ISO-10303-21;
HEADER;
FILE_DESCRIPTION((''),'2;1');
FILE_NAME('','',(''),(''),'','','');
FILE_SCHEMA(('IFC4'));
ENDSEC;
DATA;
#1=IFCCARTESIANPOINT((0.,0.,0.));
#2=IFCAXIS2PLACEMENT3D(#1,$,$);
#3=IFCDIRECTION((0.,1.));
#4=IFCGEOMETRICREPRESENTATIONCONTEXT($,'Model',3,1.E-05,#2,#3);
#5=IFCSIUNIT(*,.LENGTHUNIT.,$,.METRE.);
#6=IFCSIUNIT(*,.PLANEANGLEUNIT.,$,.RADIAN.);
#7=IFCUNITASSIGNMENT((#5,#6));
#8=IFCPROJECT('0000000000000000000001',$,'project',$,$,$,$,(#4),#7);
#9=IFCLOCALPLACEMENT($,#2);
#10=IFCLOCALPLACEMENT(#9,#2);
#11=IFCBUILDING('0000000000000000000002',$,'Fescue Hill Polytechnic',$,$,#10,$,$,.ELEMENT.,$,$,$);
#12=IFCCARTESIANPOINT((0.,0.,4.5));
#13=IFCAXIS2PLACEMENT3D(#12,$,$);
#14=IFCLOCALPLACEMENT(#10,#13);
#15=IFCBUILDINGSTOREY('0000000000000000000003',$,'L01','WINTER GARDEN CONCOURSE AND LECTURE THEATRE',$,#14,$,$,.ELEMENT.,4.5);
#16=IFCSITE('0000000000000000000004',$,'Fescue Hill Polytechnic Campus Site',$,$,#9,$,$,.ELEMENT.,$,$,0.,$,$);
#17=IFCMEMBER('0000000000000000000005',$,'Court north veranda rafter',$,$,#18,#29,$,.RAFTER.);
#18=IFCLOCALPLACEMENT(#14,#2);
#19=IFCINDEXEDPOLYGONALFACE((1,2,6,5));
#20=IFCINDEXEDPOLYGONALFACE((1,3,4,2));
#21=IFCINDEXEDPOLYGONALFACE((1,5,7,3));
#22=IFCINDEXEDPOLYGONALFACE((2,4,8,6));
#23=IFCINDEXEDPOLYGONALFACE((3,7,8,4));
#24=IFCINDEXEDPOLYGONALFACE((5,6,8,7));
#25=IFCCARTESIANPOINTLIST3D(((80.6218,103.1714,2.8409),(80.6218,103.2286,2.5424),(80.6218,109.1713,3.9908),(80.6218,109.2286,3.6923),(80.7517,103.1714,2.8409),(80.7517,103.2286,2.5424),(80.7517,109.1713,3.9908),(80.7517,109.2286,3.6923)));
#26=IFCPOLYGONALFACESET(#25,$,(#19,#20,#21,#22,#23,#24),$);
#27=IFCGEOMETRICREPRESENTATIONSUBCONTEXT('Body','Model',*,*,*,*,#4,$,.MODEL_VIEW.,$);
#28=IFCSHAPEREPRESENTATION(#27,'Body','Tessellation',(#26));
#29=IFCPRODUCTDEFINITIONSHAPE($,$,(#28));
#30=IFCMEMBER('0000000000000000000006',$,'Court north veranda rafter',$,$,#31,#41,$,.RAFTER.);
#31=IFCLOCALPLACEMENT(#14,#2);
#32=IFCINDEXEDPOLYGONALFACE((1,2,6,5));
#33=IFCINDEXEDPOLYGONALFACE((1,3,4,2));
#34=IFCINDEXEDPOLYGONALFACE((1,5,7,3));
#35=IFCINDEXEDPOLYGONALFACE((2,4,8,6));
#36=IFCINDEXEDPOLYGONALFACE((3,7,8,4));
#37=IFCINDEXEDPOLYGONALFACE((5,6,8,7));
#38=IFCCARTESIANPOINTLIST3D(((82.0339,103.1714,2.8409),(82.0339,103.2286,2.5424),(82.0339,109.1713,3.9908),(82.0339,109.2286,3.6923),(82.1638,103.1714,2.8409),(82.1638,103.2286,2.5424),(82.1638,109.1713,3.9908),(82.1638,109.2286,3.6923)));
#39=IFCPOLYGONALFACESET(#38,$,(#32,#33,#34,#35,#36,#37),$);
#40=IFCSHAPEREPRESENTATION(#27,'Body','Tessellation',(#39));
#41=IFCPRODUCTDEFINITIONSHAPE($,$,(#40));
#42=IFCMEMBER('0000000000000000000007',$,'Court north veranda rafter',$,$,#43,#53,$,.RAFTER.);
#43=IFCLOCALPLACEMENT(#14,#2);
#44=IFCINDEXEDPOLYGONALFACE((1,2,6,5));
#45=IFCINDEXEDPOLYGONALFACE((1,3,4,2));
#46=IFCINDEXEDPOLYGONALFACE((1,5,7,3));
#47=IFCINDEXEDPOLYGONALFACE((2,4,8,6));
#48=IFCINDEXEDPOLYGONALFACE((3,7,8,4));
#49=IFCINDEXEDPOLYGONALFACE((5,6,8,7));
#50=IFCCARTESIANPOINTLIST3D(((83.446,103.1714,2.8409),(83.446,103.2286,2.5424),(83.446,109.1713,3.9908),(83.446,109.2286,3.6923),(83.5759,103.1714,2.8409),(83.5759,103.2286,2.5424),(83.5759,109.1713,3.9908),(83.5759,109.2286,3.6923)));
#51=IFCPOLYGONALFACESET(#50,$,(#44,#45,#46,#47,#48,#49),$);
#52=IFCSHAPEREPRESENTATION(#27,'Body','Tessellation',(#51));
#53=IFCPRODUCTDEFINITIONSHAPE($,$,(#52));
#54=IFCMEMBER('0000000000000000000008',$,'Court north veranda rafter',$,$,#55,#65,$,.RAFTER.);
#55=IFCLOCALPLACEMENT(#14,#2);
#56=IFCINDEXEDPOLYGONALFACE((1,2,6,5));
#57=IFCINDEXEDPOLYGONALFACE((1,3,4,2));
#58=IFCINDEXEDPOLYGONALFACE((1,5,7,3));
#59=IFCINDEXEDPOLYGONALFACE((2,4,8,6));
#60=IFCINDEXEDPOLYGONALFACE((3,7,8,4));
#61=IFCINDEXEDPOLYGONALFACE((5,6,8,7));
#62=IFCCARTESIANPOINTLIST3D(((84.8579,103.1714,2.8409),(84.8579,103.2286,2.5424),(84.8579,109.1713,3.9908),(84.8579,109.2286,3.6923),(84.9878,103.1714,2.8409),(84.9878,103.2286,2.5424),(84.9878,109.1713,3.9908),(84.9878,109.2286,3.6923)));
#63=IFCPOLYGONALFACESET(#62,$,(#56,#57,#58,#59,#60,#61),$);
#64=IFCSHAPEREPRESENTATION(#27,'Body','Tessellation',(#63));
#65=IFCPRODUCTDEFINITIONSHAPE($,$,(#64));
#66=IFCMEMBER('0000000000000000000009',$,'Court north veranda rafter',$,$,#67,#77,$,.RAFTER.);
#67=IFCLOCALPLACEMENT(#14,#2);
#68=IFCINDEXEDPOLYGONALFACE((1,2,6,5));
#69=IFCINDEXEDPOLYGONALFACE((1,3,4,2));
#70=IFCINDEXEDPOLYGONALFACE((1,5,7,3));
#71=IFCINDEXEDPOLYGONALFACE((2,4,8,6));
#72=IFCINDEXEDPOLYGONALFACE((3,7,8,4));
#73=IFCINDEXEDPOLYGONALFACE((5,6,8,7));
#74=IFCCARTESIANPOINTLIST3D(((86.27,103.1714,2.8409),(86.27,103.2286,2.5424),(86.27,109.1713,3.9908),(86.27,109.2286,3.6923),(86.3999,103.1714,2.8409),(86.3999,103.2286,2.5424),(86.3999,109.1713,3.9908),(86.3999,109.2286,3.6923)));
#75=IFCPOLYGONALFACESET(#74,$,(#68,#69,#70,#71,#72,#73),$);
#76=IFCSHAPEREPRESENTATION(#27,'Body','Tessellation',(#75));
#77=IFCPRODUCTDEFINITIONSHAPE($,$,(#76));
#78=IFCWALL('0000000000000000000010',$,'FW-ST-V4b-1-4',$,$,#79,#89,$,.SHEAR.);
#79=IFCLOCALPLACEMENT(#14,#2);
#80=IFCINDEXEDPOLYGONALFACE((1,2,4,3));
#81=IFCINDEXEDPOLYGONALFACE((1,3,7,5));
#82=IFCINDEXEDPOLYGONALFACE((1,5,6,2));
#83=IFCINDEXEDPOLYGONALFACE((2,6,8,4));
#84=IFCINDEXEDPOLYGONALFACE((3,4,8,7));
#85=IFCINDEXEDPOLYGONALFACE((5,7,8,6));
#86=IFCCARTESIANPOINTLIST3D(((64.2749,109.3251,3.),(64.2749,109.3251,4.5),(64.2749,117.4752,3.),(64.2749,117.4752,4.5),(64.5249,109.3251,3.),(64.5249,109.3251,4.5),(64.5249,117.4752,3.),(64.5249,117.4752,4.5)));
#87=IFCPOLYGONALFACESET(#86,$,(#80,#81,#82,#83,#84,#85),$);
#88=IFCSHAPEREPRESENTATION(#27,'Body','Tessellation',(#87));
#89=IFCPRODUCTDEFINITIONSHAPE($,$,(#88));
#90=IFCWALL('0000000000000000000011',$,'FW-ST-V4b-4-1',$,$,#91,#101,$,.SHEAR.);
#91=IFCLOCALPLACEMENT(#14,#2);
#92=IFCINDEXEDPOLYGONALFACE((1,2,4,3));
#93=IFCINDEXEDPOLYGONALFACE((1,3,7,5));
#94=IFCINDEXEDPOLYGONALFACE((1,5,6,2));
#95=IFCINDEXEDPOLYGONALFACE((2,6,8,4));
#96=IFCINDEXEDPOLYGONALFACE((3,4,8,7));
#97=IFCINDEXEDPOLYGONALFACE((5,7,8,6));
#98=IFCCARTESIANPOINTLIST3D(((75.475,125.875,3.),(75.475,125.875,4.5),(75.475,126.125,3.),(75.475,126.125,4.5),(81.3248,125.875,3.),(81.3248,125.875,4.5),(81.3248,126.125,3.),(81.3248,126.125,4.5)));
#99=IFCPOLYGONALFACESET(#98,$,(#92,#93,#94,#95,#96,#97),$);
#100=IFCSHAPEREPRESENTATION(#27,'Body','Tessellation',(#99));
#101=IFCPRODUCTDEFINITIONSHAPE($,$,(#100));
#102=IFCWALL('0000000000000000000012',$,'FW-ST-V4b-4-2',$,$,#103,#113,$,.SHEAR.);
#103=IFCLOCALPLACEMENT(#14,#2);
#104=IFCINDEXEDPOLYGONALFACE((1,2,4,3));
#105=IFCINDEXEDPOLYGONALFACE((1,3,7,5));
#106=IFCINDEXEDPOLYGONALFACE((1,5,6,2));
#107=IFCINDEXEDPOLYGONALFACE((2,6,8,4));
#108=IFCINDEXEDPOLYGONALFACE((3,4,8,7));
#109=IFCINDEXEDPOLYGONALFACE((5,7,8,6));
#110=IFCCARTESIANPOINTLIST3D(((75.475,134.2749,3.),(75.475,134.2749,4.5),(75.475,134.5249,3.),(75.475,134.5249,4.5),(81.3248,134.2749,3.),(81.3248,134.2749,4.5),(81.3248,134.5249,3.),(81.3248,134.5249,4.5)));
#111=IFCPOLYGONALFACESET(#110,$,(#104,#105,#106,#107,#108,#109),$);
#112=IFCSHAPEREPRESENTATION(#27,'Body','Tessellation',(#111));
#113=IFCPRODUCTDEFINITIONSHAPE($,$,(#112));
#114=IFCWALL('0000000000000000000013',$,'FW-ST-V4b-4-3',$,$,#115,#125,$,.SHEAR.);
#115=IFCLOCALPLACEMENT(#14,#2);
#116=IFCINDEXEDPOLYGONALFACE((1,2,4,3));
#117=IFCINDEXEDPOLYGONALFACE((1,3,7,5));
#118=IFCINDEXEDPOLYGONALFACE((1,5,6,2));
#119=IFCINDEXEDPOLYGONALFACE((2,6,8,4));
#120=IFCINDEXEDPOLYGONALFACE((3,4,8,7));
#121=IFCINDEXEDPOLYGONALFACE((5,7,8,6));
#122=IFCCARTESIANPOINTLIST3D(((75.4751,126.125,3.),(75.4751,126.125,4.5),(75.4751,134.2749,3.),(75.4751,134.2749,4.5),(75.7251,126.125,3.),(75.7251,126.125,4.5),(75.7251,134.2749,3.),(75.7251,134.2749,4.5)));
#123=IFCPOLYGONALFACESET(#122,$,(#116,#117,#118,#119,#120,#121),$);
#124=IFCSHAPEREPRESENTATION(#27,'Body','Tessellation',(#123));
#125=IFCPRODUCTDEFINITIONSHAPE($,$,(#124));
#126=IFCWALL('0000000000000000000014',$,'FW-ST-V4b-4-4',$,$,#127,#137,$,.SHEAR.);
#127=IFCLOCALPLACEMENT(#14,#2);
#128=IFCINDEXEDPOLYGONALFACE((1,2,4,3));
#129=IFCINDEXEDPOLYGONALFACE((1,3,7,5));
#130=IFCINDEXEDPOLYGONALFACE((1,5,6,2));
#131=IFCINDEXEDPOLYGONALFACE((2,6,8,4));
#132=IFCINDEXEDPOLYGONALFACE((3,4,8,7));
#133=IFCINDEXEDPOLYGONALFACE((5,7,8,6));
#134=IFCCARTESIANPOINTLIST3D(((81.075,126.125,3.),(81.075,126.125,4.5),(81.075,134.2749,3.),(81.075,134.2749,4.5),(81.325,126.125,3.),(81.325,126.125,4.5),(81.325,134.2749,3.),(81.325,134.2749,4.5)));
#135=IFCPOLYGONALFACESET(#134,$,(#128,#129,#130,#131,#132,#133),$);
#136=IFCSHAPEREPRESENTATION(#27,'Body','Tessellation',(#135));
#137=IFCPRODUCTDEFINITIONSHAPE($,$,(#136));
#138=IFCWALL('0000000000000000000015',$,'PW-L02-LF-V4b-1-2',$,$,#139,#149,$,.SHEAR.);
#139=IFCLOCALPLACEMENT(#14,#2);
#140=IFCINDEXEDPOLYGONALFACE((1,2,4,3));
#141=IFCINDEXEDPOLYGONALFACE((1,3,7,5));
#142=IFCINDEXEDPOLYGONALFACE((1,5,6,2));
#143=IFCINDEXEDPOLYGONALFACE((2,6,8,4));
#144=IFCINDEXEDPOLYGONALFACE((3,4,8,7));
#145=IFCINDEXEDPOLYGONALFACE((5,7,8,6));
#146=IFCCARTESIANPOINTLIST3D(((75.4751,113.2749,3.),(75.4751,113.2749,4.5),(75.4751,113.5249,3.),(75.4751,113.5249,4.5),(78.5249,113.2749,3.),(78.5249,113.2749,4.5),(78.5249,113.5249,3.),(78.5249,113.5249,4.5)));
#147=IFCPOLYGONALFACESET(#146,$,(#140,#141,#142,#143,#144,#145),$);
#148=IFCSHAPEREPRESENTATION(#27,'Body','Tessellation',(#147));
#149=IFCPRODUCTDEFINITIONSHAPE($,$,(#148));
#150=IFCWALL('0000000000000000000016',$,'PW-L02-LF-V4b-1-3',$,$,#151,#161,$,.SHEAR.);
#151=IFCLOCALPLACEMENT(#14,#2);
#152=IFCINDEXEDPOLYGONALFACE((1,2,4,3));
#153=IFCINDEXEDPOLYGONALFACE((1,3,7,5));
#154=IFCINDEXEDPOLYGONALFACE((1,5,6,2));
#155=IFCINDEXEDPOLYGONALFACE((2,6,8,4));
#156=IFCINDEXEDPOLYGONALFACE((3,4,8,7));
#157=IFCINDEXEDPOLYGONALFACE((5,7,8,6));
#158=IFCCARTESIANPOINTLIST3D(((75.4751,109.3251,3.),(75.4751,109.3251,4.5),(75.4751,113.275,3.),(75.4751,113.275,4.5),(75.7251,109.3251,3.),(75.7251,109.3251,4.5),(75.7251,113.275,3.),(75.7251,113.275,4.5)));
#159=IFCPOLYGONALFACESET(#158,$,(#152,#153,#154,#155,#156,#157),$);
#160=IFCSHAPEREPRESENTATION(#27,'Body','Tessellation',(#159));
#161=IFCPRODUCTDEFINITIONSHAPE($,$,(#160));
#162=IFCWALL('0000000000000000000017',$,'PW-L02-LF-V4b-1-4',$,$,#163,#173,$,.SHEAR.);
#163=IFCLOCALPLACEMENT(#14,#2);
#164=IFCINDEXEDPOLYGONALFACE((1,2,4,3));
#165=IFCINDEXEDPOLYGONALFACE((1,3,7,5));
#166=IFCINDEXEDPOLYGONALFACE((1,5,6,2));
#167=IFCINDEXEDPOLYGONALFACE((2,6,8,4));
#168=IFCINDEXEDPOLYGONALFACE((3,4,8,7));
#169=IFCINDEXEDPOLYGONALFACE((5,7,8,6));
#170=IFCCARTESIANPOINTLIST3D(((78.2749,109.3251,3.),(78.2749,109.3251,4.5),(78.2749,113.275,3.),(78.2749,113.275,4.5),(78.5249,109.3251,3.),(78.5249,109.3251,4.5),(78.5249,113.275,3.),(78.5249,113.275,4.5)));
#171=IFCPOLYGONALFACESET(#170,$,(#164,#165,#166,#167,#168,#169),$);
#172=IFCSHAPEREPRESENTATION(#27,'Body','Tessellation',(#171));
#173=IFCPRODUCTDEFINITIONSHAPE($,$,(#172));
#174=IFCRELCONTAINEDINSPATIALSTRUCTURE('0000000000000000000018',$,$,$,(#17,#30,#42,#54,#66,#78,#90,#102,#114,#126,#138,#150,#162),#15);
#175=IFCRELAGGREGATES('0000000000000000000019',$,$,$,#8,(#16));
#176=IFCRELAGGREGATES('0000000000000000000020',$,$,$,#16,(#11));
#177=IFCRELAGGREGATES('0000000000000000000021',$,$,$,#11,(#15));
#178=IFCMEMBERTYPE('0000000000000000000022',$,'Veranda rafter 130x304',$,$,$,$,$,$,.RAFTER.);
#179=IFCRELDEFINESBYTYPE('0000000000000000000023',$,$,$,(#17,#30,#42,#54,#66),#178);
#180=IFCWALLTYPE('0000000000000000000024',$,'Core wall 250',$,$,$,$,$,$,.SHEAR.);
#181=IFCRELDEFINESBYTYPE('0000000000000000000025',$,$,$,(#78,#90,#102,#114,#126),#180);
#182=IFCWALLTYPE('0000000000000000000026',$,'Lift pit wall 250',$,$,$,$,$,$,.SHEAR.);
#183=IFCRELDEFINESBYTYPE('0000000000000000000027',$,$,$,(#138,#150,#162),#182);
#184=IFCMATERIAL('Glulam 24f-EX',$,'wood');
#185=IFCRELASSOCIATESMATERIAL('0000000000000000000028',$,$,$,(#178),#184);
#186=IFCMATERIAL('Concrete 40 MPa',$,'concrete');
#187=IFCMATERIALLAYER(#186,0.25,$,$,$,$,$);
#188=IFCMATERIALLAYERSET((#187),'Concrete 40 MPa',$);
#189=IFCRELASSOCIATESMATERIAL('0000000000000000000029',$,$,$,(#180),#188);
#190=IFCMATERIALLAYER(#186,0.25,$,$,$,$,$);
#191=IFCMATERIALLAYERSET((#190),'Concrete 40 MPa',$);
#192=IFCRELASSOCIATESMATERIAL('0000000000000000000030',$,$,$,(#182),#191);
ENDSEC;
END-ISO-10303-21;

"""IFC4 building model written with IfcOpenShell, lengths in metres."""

from ifc_helpers import new_model, si_unit, direction, frame, frame_2d, origin, origin_2d, place, context, subcontext, project, spatial, rectangle, extrude, material, layer, layer_set, material_profile, profile_set, type_object, element, save


model = new_model("IFC4")

# Units and contexts
model_context = context("Model", 3, precision=1e-05, world=origin(), true_north=direction((0.0, 1.0)))
body_context = subcontext(model_context, "Body", "Model", "MODEL_VIEW")
ifc_project = project(units=[si_unit("LENGTHUNIT", "METRE"), si_unit("PLANEANGLEUNIT", "RADIAN")], contexts=[model_context])

# Site, building, storey
site_placement = place(None, origin())
site = spatial("IfcSite", under=ifc_project, at=site_placement, Name="Fescue Hill Polytechnic Campus Site", CompositionType="ELEMENT", RefElevation=0.0)
building_placement = place(site_placement, origin())
building = spatial("IfcBuilding", under=site, at=building_placement, Name="Fescue Hill Polytechnic", CompositionType="ELEMENT")
storey_placement = place(building_placement, frame((0.0, 0.0, 4.5)))
storey = spatial("IfcBuildingStorey", under=building, at=storey_placement, Name="L01", Description="WINTER GARDEN CONCOURSE AND LECTURE THEATRE", CompositionType="ELEMENT", Elevation=4.5)

# Members
ifc_material_1 = material(Name="Glulam 24f-EX", Category="wood")
ifc_material_profile_1 = material_profile(ifc_material_1, rectangle(XDim=0.1299, YDim=0.304, at=origin_2d()), Name="Veranda rafter 130x304")
ifc_profile_set_1 = profile_set([ifc_material_profile_1], Name="Glulam 24f-EX")
member_type = type_object("IfcMemberType", Name="Veranda rafter 130x304", PredefinedType="RAFTER", material=ifc_profile_set_1)
for number, where, z_axis, x_axis, name in (
    (1, (80.6868, 109.2, 3.8416), (0.0, -0.982126, -0.188225), (1.0, 0.0, 0.0), "Court north veranda rafter"),
    (2, (82.0989, 109.2, 3.8416), (0.0, -0.982126, -0.188225), (1.0, 0.0, 0.0), "Court north veranda rafter"),
    (3, (83.511, 109.2, 3.8416), (0.0, -0.982126, -0.188225), (1.0, 0.0, 0.0), "Court north veranda rafter"),
    (4, (84.9229, 109.2, 3.8416), (0.0, -0.982126, -0.188225), (1.0, 0.0, 0.0), "Court north veranda rafter"),
    (5, (86.335, 109.2, 3.8416), (0.0, -0.982126, -0.188225), (1.0, 0.0, 0.0), "Court north veranda rafter"),
):
    element("IfcMember", number, at=place(storey_placement, frame(where, z_axis=z_axis, x_axis=x_axis)), inside=storey, type_object=member_type, Name=name, PredefinedType="RAFTER", context=body_context, shape_type="SweptSolid", body=[
        extrude(rectangle(XDim=0.1299, YDim=0.304, at=origin_2d()), origin(), (0.0, 0.0, 1.0), 6.1091),
    ])

# Walls
ifc_material_2 = material(Name="Concrete 40 MPa", Category="concrete")
ifc_layer_1 = layer(ifc_material_2, 0.25)
ifc_layer_set_1 = layer_set([ifc_layer_1], Name="Concrete 40 MPa")
wall_type_1 = type_object("IfcWallType", Name="Core wall 250", PredefinedType="SHEAR", material=ifc_layer_set_1)
wall_1_placement = place(storey_placement, frame((64.3999, 109.325, 3.0), z_axis=(0.0, 0.0, 1.0), x_axis=(0.0, 1.0, 0.0)))
element("IfcWall", 6, at=wall_1_placement, inside=storey, type_object=wall_type_1, Name="FW-ST-V4b-1-4", PredefinedType="SHEAR", context=body_context, shape_type="SweptSolid", body=[
    extrude(rectangle(XDim=8.1501, YDim=0.25, at=frame_2d((4.0752, 0.0))), origin(), (0.0, 0.0, 1.0), 1.5),
])
for number, where, z_axis, x_axis, name in (
    (7, (75.4751, 126.0, 3.0), (0.0, 0.0, 1.0), (1.0, 0.0, 0.0), "FW-ST-V4b-4-1"),
    (8, (75.4751, 134.3999, 3.0), (0.0, 0.0, 1.0), (1.0, 0.0, 0.0), "FW-ST-V4b-4-2"),
):
    element("IfcWall", number, at=place(storey_placement, frame(where, z_axis=z_axis, x_axis=x_axis)), inside=storey, type_object=wall_type_1, Name=name, PredefinedType="SHEAR", context=body_context, shape_type="SweptSolid", body=[
        extrude(rectangle(XDim=5.8499, YDim=0.25, at=frame_2d((2.9248, 0.0))), origin(), (0.0, 0.0, 1.0), 1.5),
    ])
for number, where, z_axis, x_axis, name in (
    (9, (75.6001, 126.125, 3.0), (0.0, 0.0, 1.0), (0.0, 1.0, 0.0), "FW-ST-V4b-4-3"),
    (10, (81.2, 126.125, 3.0), (0.0, 0.0, 1.0), (0.0, 1.0, 0.0), "FW-ST-V4b-4-4"),
):
    element("IfcWall", number, at=place(storey_placement, frame(where, z_axis=z_axis, x_axis=x_axis)), inside=storey, type_object=wall_type_1, Name=name, PredefinedType="SHEAR", context=body_context, shape_type="SweptSolid", body=[
        extrude(rectangle(XDim=8.1499, YDim=0.25, at=frame_2d((4.075, 0.0))), origin(), (0.0, 0.0, 1.0), 1.5),
    ])
ifc_layer_2 = layer(ifc_material_2, 0.25)
ifc_layer_set_2 = layer_set([ifc_layer_2], Name="Concrete 40 MPa")
wall_type_2 = type_object("IfcWallType", Name="Lift pit wall 250", PredefinedType="SHEAR", material=ifc_layer_set_2)
wall_2_placement = place(storey_placement, frame((75.4751, 113.3999, 3.0), z_axis=(0.0, 0.0, 1.0), x_axis=(1.0, 0.0, 0.0)))
element("IfcWall", 11, at=wall_2_placement, inside=storey, type_object=wall_type_2, Name="PW-L02-LF-V4b-1-2", PredefinedType="SHEAR", context=body_context, shape_type="SweptSolid", body=[
    extrude(rectangle(XDim=3.0498, YDim=0.25, at=frame_2d((1.5249, 0.0))), origin(), (0.0, 0.0, 1.0), 1.5),
])
for number, where, z_axis, x_axis, name in (
    (12, (75.6001, 109.325, 3.0), (0.0, 0.0, 1.0), (0.0, 1.0, 0.0), "PW-L02-LF-V4b-1-3"),
    (13, (78.3999, 109.325, 3.0), (0.0, 0.0, 1.0), (0.0, 1.0, 0.0), "PW-L02-LF-V4b-1-4"),
):
    element("IfcWall", number, at=place(storey_placement, frame(where, z_axis=z_axis, x_axis=x_axis)), inside=storey, type_object=wall_type_2, Name=name, PredefinedType="SHEAR", context=body_context, shape_type="SweptSolid", body=[
        extrude(rectangle(XDim=3.95, YDim=0.25, at=frame_2d((1.9751, 0.0))), origin(), (0.0, 0.0, 1.0), 1.5),
    ])

save(model, "model.ifc")
